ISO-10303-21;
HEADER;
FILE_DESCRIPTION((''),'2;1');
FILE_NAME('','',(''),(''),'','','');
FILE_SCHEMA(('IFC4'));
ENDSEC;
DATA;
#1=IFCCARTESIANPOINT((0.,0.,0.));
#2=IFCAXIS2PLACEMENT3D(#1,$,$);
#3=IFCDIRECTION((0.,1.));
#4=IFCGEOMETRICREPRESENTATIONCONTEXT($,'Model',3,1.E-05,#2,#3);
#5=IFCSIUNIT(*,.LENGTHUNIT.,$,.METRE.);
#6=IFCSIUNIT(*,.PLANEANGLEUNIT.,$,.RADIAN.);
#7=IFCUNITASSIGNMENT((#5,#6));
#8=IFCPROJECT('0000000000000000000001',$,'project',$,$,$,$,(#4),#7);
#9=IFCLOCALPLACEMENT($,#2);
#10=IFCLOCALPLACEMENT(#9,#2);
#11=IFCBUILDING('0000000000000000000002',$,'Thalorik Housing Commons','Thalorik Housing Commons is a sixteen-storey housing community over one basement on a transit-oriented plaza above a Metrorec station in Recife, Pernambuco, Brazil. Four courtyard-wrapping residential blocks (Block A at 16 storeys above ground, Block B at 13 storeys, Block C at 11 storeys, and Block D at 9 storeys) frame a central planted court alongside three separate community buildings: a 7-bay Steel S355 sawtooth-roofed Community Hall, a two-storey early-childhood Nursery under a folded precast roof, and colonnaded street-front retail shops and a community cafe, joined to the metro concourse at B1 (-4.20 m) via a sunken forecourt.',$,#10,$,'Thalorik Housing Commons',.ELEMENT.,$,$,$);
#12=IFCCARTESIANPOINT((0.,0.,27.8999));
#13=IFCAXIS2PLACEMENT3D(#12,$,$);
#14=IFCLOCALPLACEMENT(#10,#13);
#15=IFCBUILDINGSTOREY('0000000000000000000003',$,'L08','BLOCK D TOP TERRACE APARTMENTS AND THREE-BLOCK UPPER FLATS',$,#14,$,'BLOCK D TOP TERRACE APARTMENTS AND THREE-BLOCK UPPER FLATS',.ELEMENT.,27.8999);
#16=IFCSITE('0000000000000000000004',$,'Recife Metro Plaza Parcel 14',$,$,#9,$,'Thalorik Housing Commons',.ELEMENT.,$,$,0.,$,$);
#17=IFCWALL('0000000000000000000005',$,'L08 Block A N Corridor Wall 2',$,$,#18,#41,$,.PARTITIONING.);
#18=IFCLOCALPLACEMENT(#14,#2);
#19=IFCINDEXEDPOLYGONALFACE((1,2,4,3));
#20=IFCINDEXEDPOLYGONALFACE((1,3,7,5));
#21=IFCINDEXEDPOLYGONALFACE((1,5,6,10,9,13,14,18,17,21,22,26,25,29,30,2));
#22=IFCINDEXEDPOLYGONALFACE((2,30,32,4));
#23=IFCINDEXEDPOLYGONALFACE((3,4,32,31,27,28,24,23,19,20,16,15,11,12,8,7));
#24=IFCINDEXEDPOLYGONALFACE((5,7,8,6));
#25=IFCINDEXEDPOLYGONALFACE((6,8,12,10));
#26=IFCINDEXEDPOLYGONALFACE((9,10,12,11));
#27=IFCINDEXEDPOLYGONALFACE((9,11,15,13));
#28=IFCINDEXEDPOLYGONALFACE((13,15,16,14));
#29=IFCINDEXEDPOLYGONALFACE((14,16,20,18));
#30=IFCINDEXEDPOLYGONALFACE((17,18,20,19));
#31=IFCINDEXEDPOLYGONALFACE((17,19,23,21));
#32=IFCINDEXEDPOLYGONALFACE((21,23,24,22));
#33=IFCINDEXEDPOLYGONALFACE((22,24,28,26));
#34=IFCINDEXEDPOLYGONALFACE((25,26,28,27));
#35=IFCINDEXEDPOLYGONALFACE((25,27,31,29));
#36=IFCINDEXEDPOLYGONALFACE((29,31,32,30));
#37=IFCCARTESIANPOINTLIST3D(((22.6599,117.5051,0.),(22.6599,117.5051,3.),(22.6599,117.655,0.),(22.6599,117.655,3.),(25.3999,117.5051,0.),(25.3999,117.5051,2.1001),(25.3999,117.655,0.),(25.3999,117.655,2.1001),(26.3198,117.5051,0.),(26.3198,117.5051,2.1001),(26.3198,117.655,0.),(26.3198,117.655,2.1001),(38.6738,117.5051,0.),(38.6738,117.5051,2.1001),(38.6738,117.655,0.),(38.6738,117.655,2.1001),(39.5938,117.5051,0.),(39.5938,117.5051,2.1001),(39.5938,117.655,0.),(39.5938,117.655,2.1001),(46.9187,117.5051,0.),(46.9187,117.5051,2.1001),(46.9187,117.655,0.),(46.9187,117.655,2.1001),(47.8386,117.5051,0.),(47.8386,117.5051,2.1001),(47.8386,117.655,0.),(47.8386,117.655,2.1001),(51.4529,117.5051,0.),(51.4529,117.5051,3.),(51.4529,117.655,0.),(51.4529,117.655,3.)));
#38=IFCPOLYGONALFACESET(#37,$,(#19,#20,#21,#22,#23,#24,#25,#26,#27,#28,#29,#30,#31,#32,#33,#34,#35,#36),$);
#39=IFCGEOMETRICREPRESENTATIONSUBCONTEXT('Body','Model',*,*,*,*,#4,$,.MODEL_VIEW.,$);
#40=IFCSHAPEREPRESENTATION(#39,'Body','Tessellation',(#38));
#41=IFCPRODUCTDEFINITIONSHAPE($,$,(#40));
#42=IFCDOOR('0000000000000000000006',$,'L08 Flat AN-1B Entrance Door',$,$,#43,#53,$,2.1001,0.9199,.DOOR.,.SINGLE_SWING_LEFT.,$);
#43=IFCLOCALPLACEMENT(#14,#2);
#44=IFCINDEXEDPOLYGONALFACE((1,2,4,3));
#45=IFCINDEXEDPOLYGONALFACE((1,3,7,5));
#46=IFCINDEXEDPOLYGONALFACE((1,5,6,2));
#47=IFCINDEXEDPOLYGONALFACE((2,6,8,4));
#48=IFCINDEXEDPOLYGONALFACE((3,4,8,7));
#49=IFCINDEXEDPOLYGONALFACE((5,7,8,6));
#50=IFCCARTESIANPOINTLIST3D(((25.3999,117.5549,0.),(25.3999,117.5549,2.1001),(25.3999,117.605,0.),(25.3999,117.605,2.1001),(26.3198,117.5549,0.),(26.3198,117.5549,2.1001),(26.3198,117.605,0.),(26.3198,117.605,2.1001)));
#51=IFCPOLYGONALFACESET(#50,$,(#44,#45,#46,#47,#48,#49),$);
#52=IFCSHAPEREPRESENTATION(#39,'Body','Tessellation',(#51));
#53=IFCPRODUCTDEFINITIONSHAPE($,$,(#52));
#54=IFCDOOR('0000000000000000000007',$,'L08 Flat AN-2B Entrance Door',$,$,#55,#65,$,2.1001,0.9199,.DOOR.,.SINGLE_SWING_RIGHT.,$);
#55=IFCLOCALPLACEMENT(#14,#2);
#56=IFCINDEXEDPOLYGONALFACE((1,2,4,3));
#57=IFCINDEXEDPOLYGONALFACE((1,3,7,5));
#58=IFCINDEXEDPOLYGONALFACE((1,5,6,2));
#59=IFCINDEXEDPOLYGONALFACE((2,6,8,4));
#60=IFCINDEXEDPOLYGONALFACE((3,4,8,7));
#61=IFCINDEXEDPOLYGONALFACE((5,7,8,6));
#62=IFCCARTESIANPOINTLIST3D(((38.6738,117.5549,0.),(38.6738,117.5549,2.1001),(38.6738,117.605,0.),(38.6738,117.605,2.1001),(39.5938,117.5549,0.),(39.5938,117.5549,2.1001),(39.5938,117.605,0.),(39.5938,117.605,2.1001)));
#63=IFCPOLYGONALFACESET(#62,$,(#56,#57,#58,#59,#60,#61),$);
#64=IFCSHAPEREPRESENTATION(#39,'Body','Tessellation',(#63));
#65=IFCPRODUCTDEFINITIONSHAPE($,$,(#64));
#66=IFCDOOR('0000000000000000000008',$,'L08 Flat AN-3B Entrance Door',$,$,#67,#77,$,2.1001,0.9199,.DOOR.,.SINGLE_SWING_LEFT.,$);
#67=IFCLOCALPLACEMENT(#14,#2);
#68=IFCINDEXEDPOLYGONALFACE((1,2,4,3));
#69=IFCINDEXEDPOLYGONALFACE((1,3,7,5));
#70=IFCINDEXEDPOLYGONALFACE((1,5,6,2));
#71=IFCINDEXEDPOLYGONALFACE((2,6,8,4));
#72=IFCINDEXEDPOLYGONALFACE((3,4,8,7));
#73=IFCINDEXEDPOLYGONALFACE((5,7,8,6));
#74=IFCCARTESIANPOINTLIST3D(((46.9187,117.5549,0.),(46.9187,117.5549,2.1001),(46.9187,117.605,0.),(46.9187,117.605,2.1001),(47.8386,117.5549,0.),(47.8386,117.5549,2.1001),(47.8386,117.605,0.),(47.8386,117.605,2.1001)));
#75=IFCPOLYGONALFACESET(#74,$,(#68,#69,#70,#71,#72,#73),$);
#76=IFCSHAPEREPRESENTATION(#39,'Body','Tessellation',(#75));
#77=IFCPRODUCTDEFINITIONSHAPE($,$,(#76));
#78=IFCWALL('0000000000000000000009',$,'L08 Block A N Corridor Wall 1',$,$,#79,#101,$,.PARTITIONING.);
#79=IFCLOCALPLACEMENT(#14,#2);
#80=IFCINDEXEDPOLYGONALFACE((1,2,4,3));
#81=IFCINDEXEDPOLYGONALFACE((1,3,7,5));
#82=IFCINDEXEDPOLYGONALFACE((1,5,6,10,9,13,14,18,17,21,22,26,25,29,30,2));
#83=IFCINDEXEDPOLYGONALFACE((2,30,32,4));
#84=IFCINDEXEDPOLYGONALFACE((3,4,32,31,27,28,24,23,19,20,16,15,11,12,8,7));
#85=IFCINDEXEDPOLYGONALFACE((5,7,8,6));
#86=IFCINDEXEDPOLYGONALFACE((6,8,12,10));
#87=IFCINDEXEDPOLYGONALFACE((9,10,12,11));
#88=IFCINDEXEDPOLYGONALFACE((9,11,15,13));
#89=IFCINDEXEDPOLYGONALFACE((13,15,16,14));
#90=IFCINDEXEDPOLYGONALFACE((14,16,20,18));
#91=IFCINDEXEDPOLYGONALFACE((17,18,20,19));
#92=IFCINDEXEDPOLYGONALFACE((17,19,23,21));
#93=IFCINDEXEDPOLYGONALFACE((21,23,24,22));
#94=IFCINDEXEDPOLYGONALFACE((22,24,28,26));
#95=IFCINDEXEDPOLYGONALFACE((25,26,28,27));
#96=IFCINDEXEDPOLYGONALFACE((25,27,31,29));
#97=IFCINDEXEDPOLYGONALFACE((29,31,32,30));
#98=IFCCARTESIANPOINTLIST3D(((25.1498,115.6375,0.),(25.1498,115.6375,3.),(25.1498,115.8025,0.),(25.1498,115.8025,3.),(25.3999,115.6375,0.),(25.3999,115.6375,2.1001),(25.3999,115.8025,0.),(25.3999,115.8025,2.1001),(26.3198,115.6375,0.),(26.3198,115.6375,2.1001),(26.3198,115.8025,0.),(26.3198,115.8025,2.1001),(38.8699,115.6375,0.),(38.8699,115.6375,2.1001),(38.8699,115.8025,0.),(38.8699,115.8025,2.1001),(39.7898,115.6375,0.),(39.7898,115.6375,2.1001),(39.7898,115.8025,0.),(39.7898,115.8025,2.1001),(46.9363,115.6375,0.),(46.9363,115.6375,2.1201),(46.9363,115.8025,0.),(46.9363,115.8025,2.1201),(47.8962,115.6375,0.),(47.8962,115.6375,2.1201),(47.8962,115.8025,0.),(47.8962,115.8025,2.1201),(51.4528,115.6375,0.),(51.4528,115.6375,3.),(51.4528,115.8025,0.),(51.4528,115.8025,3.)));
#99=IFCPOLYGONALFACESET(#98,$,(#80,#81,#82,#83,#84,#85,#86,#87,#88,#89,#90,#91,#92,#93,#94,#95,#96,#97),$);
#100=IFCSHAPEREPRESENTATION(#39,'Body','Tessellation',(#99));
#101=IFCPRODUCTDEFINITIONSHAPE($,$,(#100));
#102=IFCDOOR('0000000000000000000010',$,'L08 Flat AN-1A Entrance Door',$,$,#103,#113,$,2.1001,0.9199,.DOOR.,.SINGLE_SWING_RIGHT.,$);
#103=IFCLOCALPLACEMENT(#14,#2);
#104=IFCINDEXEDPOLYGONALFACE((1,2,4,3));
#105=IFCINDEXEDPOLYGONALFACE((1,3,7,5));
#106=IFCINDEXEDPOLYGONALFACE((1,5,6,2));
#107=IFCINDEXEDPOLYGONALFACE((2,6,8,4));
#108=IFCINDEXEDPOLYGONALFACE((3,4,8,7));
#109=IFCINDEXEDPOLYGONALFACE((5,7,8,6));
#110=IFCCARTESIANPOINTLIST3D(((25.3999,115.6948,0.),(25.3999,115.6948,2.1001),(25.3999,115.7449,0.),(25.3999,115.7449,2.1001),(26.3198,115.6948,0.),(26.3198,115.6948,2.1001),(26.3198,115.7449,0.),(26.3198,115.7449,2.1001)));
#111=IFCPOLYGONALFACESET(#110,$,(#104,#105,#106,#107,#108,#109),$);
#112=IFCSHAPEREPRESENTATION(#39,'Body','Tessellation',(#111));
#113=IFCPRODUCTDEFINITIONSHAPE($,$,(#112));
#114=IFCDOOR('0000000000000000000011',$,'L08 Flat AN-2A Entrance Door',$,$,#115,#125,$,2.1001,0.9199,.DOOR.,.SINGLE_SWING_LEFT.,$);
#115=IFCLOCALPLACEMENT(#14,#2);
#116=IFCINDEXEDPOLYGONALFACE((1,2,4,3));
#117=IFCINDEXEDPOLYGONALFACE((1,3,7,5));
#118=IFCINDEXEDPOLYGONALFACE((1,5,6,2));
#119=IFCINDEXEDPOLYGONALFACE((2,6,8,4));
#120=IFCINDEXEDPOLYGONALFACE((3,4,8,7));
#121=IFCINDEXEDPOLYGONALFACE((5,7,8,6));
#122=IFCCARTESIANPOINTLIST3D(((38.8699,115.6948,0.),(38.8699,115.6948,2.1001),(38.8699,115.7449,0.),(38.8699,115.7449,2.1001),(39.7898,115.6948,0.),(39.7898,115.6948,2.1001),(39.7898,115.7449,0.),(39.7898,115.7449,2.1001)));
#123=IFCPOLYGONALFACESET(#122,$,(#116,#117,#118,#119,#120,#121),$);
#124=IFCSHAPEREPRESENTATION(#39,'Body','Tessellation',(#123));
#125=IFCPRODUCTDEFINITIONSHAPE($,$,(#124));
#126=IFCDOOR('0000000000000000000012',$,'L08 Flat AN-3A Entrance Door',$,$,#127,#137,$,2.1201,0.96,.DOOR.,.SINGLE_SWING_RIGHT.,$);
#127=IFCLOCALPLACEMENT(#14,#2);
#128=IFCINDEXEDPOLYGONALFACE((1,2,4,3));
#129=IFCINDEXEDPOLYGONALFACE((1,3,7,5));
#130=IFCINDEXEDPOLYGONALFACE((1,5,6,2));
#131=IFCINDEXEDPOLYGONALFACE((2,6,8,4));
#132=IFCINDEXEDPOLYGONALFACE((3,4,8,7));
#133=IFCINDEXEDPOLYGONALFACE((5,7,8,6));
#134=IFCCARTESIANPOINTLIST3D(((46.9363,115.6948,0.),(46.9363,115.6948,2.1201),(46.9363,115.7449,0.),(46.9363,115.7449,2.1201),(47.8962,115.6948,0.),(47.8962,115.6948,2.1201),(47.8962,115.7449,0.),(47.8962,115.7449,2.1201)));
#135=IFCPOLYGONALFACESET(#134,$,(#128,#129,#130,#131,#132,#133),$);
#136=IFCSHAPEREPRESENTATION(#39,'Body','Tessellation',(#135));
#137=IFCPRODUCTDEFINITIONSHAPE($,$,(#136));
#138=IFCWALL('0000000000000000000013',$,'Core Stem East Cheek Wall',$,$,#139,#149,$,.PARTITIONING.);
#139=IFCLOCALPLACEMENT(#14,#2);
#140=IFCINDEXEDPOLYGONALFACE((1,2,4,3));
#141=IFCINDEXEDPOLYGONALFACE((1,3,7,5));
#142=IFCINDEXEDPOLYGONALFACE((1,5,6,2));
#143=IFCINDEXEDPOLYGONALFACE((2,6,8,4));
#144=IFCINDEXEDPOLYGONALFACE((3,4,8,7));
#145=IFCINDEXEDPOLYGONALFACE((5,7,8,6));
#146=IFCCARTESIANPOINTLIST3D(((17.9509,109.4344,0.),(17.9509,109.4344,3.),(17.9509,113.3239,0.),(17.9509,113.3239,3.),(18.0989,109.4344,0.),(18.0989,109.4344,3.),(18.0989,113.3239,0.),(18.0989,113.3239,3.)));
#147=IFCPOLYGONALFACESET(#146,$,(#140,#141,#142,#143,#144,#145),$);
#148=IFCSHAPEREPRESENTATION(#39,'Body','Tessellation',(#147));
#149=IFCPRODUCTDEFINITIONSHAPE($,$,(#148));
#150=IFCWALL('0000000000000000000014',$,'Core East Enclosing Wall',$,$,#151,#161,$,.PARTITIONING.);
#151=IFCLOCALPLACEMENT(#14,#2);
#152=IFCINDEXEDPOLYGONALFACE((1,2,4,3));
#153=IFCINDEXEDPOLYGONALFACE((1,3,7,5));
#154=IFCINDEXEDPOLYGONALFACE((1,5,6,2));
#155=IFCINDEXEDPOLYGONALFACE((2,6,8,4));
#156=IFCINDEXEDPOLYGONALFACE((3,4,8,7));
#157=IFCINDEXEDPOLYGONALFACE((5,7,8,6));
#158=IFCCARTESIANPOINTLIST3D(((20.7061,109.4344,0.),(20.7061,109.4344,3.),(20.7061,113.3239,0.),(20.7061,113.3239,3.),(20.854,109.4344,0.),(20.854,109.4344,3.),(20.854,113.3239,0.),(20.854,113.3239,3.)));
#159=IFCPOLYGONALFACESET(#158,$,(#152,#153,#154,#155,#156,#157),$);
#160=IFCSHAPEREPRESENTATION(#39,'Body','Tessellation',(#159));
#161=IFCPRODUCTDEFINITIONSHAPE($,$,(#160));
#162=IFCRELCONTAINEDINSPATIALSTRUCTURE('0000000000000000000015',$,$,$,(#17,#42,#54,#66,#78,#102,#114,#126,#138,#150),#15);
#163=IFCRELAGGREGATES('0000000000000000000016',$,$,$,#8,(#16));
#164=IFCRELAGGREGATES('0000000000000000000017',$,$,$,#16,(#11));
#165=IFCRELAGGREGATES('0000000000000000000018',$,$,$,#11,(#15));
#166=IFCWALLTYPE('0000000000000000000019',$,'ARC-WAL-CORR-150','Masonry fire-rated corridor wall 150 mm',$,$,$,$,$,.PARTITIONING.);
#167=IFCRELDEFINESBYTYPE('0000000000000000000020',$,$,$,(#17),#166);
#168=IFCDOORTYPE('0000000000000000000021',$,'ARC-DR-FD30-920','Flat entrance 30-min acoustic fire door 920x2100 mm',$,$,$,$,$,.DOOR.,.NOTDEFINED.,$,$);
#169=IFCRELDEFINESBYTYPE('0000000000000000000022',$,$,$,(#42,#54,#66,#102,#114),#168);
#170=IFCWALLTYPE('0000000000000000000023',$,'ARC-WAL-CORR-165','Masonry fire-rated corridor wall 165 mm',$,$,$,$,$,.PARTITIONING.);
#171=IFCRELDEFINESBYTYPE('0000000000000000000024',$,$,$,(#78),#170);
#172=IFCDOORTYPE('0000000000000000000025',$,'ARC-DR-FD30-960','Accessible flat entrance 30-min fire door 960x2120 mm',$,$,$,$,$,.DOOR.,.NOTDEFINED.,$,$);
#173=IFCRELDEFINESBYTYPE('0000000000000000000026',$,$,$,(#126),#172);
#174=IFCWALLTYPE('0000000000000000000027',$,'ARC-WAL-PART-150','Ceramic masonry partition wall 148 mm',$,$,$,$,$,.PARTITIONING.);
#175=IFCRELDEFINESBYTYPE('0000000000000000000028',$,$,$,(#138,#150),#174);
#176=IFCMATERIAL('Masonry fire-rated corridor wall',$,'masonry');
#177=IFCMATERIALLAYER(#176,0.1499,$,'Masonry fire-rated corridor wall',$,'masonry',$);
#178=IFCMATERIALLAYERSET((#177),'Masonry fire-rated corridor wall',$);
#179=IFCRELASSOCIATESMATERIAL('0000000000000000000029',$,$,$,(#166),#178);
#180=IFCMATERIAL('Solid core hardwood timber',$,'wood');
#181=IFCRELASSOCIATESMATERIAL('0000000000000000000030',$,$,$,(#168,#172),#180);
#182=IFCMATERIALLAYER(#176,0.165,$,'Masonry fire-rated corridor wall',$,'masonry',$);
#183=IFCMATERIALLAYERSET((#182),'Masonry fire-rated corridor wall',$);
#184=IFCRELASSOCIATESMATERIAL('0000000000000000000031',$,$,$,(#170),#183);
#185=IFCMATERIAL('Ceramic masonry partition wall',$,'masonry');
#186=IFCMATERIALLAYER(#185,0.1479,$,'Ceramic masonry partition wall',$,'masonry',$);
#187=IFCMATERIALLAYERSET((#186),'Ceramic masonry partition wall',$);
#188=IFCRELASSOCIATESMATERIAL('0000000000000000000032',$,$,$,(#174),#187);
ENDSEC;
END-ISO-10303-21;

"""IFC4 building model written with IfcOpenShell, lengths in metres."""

from ifc_helpers import new_model, si_unit, direction, frame, frame_2d, origin, place, context, subcontext, project, spatial, rectangle, extrude, material, layer, layer_set, type_object, element, fill, save


model = new_model("IFC4")

# Units and contexts
model_context = context("Model", 3, precision=1e-05, world=origin(), true_north=direction((0.0, 1.0)))
body_context = subcontext(model_context, "Body", "Model", "MODEL_VIEW")
ifc_project = project(units=[si_unit("LENGTHUNIT", "METRE"), si_unit("PLANEANGLEUNIT", "RADIAN")], contexts=[model_context])

# Site, building, storey
site_placement = place(None, origin())
site = spatial("IfcSite", under=ifc_project, at=site_placement, Name="Recife Metro Plaza Parcel 14", LongName="Thalorik Housing Commons", CompositionType="ELEMENT", RefElevation=0.0)
building_placement = place(site_placement, origin())
building = spatial("IfcBuilding", under=site, at=building_placement, Name="Thalorik Housing Commons", Description="Thalorik Housing Commons is a sixteen-storey housing community over one basement on a transit-oriented plaza above a Metrorec station in Recife, Pernambuco, Brazil. Four courtyard-wrapping residential blocks (Block A at 16 storeys above ground, Block B at 13 storeys, Block C at 11 storeys, and Block D at 9 storeys) frame a central planted court alongside three separate community buildings: a 7-bay Steel S355 sawtooth-roofed Community Hall, a two-storey early-childhood Nursery under a folded precast roof, and colonnaded street-front retail shops and a community cafe, joined to the metro concourse at B1 (-4.20 m) via a sunken forecourt.", LongName="Thalorik Housing Commons", CompositionType="ELEMENT")
storey_placement = place(building_placement, frame((0.0, 0.0, 27.8999)))
storey = spatial("IfcBuildingStorey", under=building, at=storey_placement, Name="L08", Description="BLOCK D TOP TERRACE APARTMENTS AND THREE-BLOCK UPPER FLATS", LongName="BLOCK D TOP TERRACE APARTMENTS AND THREE-BLOCK UPPER FLATS", CompositionType="ELEMENT", Elevation=27.8999)

# Shared definitions
ifc_material_1 = material(Name="Masonry fire-rated corridor wall", Category="masonry")
ifc_layer_1 = layer(ifc_material_1, 0.1499, Name="Masonry fire-rated corridor wall", Category="masonry")
ifc_layer_set_1 = layer_set([ifc_layer_1], Name="Masonry fire-rated corridor wall")
wall_type_1 = type_object("IfcWallType", Name="ARC-WAL-CORR-150", Description="Masonry fire-rated corridor wall 150 mm", PredefinedType="PARTITIONING", material=ifc_layer_set_1)

# Walls, openings, doors
wall_1_placement = place(storey_placement, frame((22.6599, 117.5801, 0.0), z_axis=(0.0, 0.0, 1.0), x_axis=(1.0, 0.0, 0.0)))
wall_1 = element("IfcWall", 1, at=wall_1_placement, inside=storey, type_object=wall_type_1, Name="L08 Block A N Corridor Wall 2", PredefinedType="PARTITIONING", context=body_context, shape_type="SweptSolid", body=[
    extrude(rectangle(XDim=28.793, YDim=0.1499, at=frame_2d((14.3965, 0.0))), origin(), (0.0, 0.0, 1.0), 3.0),
])
opening_1_placement = place(wall_1_placement, frame((2.74, 0.0, 0.0)))
opening_1 = element("IfcOpeningElement", 2, at=opening_1_placement, cuts=wall_1, PredefinedType="OPENING", context=body_context, shape_type="SweptSolid", body=[
    extrude(rectangle(XDim=0.9199, YDim=2.1001, at=frame_2d((0.46, 1.05))), frame((0.0, 0.085, 0.0), z_axis=(0.0, -1.0, 0.0), x_axis=(1.0, 0.0, 0.0)), (0.0, 0.0, 1.0), 0.1699),
])
opening_2_placement = place(wall_1_placement, frame((16.0139, 0.0, 0.0)))
opening_2 = element("IfcOpeningElement", 3, at=opening_2_placement, cuts=wall_1, PredefinedType="OPENING", context=body_context, shape_type="SweptSolid", body=[
    extrude(rectangle(XDim=0.9199, YDim=2.1001, at=frame_2d((0.46, 1.05))), frame((0.0, 0.085, 0.0), z_axis=(0.0, -1.0, 0.0), x_axis=(1.0, 0.0, 0.0)), (0.0, 0.0, 1.0), 0.1699),
])
opening_3_placement = place(wall_1_placement, frame((24.2588, 0.0, 0.0)))
opening_3 = element("IfcOpeningElement", 4, at=opening_3_placement, cuts=wall_1, PredefinedType="OPENING", context=body_context, shape_type="SweptSolid", body=[
    extrude(rectangle(XDim=0.9199, YDim=2.1001, at=frame_2d((0.46, 1.05))), frame((0.0, 0.085, 0.0), z_axis=(0.0, -1.0, 0.0), x_axis=(1.0, 0.0, 0.0)), (0.0, 0.0, 1.0), 0.1699),
])
ifc_material_2 = material(Name="Solid core hardwood timber", Category="wood")
door_type_1 = type_object("IfcDoorType", Name="ARC-DR-FD30-920", Description="Flat entrance 30-min acoustic fire door 920x2100 mm", OperationType="NOTDEFINED", PredefinedType="DOOR", material=ifc_material_2)
door_1_placement = place(opening_1_placement, origin())
door_1 = element("IfcDoor", 5, at=door_1_placement, inside=storey, type_object=door_type_1, Name="L08 Flat AN-1B Entrance Door", OperationType="SINGLE_SWING_LEFT", OverallHeight=2.1001, OverallWidth=0.9199, PredefinedType="DOOR", context=body_context, shape_type="SweptSolid", body=[
    extrude(rectangle(XDim=0.9199, YDim=2.1001, at=frame_2d((0.46, 1.05))), frame((0.0, 0.0249, 0.0), z_axis=(0.0, -1.0, 0.0), x_axis=(1.0, 0.0, 0.0)), (0.0, 0.0, 1.0), 0.05),
])
fill(opening_1, door_1)
door_2_placement = place(opening_2_placement, origin())
door_2 = element("IfcDoor", 6, at=door_2_placement, inside=storey, type_object=door_type_1, Name="L08 Flat AN-2B Entrance Door", OperationType="SINGLE_SWING_RIGHT", OverallHeight=2.1001, OverallWidth=0.9199, PredefinedType="DOOR", context=body_context, shape_type="SweptSolid", body=[
    extrude(rectangle(XDim=0.9199, YDim=2.1001, at=frame_2d((0.46, 1.05))), frame((0.0, 0.0249, 0.0), z_axis=(0.0, -1.0, 0.0), x_axis=(1.0, 0.0, 0.0)), (0.0, 0.0, 1.0), 0.05),
])
fill(opening_2, door_2)
door_3_placement = place(opening_3_placement, origin())
door_3 = element("IfcDoor", 7, at=door_3_placement, inside=storey, type_object=door_type_1, Name="L08 Flat AN-3B Entrance Door", OperationType="SINGLE_SWING_LEFT", OverallHeight=2.1001, OverallWidth=0.9199, PredefinedType="DOOR", context=body_context, shape_type="SweptSolid", body=[
    extrude(rectangle(XDim=0.9199, YDim=2.1001, at=frame_2d((0.46, 1.05))), frame((0.0, 0.0249, 0.0), z_axis=(0.0, -1.0, 0.0), x_axis=(1.0, 0.0, 0.0)), (0.0, 0.0, 1.0), 0.05),
])
fill(opening_3, door_3)
ifc_layer_2 = layer(ifc_material_1, 0.165, Name="Masonry fire-rated corridor wall", Category="masonry")
ifc_layer_set_2 = layer_set([ifc_layer_2], Name="Masonry fire-rated corridor wall")
wall_type_2 = type_object("IfcWallType", Name="ARC-WAL-CORR-165", Description="Masonry fire-rated corridor wall 165 mm", PredefinedType="PARTITIONING", material=ifc_layer_set_2)
wall_2_placement = place(storey_placement, frame((25.1499, 115.72, 0.0), z_axis=(0.0, 0.0, 1.0), x_axis=(1.0, 0.0, 0.0)))
wall_2 = element("IfcWall", 8, at=wall_2_placement, inside=storey, type_object=wall_type_2, Name="L08 Block A N Corridor Wall 1", PredefinedType="PARTITIONING", context=body_context, shape_type="SweptSolid", body=[
    extrude(rectangle(XDim=26.303, YDim=0.165, at=frame_2d((13.1514, 0.0))), origin(), (0.0, 0.0, 1.0), 3.0),
])
opening_4_placement = place(wall_2_placement, frame((0.25, 0.0, 0.0)))
opening_4 = element("IfcOpeningElement", 9, at=opening_4_placement, cuts=wall_2, PredefinedType="OPENING", context=body_context, shape_type="SweptSolid", body=[
    extrude(rectangle(XDim=0.9199, YDim=2.1001, at=frame_2d((0.46, 1.05))), frame((0.0, 0.0925, 0.0), z_axis=(0.0, -1.0, 0.0), x_axis=(1.0, 0.0, 0.0)), (0.0, 0.0, 1.0), 0.1851),
])
opening_5_placement = place(wall_2_placement, frame((13.72, 0.0, 0.0)))
opening_5 = element("IfcOpeningElement", 10, at=opening_5_placement, cuts=wall_2, PredefinedType="OPENING", context=body_context, shape_type="SweptSolid", body=[
    extrude(rectangle(XDim=0.9199, YDim=2.1001, at=frame_2d((0.46, 1.05))), frame((0.0, 0.0925, 0.0), z_axis=(0.0, -1.0, 0.0), x_axis=(1.0, 0.0, 0.0)), (0.0, 0.0, 1.0), 0.1851),
])
opening_6_placement = place(wall_2_placement, frame((21.7864, 0.0, 0.0)))
opening_6 = element("IfcOpeningElement", 11, at=opening_6_placement, cuts=wall_2, PredefinedType="OPENING", context=body_context, shape_type="SweptSolid", body=[
    extrude(rectangle(XDim=0.96, YDim=2.1201, at=frame_2d((0.48, 1.0601))), frame((0.0, 0.0925, 0.0), z_axis=(0.0, -1.0, 0.0), x_axis=(1.0, 0.0, 0.0)), (0.0, 0.0, 1.0), 0.1851),
])
door_4_placement = place(opening_4_placement, origin())
door_4 = element("IfcDoor", 12, at=door_4_placement, inside=storey, type_object=door_type_1, Name="L08 Flat AN-1A Entrance Door", OperationType="SINGLE_SWING_RIGHT", OverallHeight=2.1001, OverallWidth=0.9199, PredefinedType="DOOR", context=body_context, shape_type="SweptSolid", body=[
    extrude(rectangle(XDim=0.9199, YDim=2.1001, at=frame_2d((0.46, 1.05))), frame((0.0, 0.0249, 0.0), z_axis=(0.0, -1.0, 0.0), x_axis=(1.0, 0.0, 0.0)), (0.0, 0.0, 1.0), 0.05),
])
fill(opening_4, door_4)
door_5_placement = place(opening_5_placement, origin())
door_5 = element("IfcDoor", 13, at=door_5_placement, inside=storey, type_object=door_type_1, Name="L08 Flat AN-2A Entrance Door", OperationType="SINGLE_SWING_LEFT", OverallHeight=2.1001, OverallWidth=0.9199, PredefinedType="DOOR", context=body_context, shape_type="SweptSolid", body=[
    extrude(rectangle(XDim=0.9199, YDim=2.1001, at=frame_2d((0.46, 1.05))), frame((0.0, 0.0249, 0.0), z_axis=(0.0, -1.0, 0.0), x_axis=(1.0, 0.0, 0.0)), (0.0, 0.0, 1.0), 0.05),
])
fill(opening_5, door_5)
door_type_2 = type_object("IfcDoorType", Name="ARC-DR-FD30-960", Description="Accessible flat entrance 30-min fire door 960x2120 mm", OperationType="NOTDEFINED", PredefinedType="DOOR", material=ifc_material_2)
door_6_placement = place(opening_6_placement, origin())
door_6 = element("IfcDoor", 14, at=door_6_placement, inside=storey, type_object=door_type_2, Name="L08 Flat AN-3A Entrance Door", OperationType="SINGLE_SWING_RIGHT", OverallHeight=2.1201, OverallWidth=0.96, PredefinedType="DOOR", context=body_context, shape_type="SweptSolid", body=[
    extrude(rectangle(XDim=0.96, YDim=2.1201, at=frame_2d((0.48, 1.0601))), frame((0.0, 0.0249, 0.0), z_axis=(0.0, -1.0, 0.0), x_axis=(1.0, 0.0, 0.0)), (0.0, 0.0, 1.0), 0.05),
])
fill(opening_6, door_6)

# Walls
ifc_material_3 = material(Name="Ceramic masonry partition wall", Category="masonry")
ifc_layer_3 = layer(ifc_material_3, 0.1479, Name="Ceramic masonry partition wall", Category="masonry")
ifc_layer_set_3 = layer_set([ifc_layer_3], Name="Ceramic masonry partition wall")
wall_type_3 = type_object("IfcWallType", Name="ARC-WAL-PART-150", Description="Ceramic masonry partition wall 148 mm", PredefinedType="PARTITIONING", material=ifc_layer_set_3)
for number, where, z_axis, x_axis, name in (
    (15, (18.0249, 113.324, 0.0), (0.0, 0.0, 1.0), (0.0, -1.0, 0.0), "Core Stem East Cheek Wall"),
    (16, (20.78, 113.324, 0.0), (0.0, 0.0, 1.0), (0.0, -1.0, 0.0), "Core East Enclosing Wall"),
):
    element("IfcWall", number, at=place(storey_placement, frame(where, z_axis=z_axis, x_axis=x_axis)), inside=storey, type_object=wall_type_3, Name=name, PredefinedType="PARTITIONING", context=body_context, shape_type="SweptSolid", body=[
        extrude(rectangle(XDim=3.8894, YDim=0.1479, at=frame_2d((1.9448, 0.0))), origin(), (0.0, 0.0, 1.0), 3.0),
    ])

save(model, "model.ifc")
